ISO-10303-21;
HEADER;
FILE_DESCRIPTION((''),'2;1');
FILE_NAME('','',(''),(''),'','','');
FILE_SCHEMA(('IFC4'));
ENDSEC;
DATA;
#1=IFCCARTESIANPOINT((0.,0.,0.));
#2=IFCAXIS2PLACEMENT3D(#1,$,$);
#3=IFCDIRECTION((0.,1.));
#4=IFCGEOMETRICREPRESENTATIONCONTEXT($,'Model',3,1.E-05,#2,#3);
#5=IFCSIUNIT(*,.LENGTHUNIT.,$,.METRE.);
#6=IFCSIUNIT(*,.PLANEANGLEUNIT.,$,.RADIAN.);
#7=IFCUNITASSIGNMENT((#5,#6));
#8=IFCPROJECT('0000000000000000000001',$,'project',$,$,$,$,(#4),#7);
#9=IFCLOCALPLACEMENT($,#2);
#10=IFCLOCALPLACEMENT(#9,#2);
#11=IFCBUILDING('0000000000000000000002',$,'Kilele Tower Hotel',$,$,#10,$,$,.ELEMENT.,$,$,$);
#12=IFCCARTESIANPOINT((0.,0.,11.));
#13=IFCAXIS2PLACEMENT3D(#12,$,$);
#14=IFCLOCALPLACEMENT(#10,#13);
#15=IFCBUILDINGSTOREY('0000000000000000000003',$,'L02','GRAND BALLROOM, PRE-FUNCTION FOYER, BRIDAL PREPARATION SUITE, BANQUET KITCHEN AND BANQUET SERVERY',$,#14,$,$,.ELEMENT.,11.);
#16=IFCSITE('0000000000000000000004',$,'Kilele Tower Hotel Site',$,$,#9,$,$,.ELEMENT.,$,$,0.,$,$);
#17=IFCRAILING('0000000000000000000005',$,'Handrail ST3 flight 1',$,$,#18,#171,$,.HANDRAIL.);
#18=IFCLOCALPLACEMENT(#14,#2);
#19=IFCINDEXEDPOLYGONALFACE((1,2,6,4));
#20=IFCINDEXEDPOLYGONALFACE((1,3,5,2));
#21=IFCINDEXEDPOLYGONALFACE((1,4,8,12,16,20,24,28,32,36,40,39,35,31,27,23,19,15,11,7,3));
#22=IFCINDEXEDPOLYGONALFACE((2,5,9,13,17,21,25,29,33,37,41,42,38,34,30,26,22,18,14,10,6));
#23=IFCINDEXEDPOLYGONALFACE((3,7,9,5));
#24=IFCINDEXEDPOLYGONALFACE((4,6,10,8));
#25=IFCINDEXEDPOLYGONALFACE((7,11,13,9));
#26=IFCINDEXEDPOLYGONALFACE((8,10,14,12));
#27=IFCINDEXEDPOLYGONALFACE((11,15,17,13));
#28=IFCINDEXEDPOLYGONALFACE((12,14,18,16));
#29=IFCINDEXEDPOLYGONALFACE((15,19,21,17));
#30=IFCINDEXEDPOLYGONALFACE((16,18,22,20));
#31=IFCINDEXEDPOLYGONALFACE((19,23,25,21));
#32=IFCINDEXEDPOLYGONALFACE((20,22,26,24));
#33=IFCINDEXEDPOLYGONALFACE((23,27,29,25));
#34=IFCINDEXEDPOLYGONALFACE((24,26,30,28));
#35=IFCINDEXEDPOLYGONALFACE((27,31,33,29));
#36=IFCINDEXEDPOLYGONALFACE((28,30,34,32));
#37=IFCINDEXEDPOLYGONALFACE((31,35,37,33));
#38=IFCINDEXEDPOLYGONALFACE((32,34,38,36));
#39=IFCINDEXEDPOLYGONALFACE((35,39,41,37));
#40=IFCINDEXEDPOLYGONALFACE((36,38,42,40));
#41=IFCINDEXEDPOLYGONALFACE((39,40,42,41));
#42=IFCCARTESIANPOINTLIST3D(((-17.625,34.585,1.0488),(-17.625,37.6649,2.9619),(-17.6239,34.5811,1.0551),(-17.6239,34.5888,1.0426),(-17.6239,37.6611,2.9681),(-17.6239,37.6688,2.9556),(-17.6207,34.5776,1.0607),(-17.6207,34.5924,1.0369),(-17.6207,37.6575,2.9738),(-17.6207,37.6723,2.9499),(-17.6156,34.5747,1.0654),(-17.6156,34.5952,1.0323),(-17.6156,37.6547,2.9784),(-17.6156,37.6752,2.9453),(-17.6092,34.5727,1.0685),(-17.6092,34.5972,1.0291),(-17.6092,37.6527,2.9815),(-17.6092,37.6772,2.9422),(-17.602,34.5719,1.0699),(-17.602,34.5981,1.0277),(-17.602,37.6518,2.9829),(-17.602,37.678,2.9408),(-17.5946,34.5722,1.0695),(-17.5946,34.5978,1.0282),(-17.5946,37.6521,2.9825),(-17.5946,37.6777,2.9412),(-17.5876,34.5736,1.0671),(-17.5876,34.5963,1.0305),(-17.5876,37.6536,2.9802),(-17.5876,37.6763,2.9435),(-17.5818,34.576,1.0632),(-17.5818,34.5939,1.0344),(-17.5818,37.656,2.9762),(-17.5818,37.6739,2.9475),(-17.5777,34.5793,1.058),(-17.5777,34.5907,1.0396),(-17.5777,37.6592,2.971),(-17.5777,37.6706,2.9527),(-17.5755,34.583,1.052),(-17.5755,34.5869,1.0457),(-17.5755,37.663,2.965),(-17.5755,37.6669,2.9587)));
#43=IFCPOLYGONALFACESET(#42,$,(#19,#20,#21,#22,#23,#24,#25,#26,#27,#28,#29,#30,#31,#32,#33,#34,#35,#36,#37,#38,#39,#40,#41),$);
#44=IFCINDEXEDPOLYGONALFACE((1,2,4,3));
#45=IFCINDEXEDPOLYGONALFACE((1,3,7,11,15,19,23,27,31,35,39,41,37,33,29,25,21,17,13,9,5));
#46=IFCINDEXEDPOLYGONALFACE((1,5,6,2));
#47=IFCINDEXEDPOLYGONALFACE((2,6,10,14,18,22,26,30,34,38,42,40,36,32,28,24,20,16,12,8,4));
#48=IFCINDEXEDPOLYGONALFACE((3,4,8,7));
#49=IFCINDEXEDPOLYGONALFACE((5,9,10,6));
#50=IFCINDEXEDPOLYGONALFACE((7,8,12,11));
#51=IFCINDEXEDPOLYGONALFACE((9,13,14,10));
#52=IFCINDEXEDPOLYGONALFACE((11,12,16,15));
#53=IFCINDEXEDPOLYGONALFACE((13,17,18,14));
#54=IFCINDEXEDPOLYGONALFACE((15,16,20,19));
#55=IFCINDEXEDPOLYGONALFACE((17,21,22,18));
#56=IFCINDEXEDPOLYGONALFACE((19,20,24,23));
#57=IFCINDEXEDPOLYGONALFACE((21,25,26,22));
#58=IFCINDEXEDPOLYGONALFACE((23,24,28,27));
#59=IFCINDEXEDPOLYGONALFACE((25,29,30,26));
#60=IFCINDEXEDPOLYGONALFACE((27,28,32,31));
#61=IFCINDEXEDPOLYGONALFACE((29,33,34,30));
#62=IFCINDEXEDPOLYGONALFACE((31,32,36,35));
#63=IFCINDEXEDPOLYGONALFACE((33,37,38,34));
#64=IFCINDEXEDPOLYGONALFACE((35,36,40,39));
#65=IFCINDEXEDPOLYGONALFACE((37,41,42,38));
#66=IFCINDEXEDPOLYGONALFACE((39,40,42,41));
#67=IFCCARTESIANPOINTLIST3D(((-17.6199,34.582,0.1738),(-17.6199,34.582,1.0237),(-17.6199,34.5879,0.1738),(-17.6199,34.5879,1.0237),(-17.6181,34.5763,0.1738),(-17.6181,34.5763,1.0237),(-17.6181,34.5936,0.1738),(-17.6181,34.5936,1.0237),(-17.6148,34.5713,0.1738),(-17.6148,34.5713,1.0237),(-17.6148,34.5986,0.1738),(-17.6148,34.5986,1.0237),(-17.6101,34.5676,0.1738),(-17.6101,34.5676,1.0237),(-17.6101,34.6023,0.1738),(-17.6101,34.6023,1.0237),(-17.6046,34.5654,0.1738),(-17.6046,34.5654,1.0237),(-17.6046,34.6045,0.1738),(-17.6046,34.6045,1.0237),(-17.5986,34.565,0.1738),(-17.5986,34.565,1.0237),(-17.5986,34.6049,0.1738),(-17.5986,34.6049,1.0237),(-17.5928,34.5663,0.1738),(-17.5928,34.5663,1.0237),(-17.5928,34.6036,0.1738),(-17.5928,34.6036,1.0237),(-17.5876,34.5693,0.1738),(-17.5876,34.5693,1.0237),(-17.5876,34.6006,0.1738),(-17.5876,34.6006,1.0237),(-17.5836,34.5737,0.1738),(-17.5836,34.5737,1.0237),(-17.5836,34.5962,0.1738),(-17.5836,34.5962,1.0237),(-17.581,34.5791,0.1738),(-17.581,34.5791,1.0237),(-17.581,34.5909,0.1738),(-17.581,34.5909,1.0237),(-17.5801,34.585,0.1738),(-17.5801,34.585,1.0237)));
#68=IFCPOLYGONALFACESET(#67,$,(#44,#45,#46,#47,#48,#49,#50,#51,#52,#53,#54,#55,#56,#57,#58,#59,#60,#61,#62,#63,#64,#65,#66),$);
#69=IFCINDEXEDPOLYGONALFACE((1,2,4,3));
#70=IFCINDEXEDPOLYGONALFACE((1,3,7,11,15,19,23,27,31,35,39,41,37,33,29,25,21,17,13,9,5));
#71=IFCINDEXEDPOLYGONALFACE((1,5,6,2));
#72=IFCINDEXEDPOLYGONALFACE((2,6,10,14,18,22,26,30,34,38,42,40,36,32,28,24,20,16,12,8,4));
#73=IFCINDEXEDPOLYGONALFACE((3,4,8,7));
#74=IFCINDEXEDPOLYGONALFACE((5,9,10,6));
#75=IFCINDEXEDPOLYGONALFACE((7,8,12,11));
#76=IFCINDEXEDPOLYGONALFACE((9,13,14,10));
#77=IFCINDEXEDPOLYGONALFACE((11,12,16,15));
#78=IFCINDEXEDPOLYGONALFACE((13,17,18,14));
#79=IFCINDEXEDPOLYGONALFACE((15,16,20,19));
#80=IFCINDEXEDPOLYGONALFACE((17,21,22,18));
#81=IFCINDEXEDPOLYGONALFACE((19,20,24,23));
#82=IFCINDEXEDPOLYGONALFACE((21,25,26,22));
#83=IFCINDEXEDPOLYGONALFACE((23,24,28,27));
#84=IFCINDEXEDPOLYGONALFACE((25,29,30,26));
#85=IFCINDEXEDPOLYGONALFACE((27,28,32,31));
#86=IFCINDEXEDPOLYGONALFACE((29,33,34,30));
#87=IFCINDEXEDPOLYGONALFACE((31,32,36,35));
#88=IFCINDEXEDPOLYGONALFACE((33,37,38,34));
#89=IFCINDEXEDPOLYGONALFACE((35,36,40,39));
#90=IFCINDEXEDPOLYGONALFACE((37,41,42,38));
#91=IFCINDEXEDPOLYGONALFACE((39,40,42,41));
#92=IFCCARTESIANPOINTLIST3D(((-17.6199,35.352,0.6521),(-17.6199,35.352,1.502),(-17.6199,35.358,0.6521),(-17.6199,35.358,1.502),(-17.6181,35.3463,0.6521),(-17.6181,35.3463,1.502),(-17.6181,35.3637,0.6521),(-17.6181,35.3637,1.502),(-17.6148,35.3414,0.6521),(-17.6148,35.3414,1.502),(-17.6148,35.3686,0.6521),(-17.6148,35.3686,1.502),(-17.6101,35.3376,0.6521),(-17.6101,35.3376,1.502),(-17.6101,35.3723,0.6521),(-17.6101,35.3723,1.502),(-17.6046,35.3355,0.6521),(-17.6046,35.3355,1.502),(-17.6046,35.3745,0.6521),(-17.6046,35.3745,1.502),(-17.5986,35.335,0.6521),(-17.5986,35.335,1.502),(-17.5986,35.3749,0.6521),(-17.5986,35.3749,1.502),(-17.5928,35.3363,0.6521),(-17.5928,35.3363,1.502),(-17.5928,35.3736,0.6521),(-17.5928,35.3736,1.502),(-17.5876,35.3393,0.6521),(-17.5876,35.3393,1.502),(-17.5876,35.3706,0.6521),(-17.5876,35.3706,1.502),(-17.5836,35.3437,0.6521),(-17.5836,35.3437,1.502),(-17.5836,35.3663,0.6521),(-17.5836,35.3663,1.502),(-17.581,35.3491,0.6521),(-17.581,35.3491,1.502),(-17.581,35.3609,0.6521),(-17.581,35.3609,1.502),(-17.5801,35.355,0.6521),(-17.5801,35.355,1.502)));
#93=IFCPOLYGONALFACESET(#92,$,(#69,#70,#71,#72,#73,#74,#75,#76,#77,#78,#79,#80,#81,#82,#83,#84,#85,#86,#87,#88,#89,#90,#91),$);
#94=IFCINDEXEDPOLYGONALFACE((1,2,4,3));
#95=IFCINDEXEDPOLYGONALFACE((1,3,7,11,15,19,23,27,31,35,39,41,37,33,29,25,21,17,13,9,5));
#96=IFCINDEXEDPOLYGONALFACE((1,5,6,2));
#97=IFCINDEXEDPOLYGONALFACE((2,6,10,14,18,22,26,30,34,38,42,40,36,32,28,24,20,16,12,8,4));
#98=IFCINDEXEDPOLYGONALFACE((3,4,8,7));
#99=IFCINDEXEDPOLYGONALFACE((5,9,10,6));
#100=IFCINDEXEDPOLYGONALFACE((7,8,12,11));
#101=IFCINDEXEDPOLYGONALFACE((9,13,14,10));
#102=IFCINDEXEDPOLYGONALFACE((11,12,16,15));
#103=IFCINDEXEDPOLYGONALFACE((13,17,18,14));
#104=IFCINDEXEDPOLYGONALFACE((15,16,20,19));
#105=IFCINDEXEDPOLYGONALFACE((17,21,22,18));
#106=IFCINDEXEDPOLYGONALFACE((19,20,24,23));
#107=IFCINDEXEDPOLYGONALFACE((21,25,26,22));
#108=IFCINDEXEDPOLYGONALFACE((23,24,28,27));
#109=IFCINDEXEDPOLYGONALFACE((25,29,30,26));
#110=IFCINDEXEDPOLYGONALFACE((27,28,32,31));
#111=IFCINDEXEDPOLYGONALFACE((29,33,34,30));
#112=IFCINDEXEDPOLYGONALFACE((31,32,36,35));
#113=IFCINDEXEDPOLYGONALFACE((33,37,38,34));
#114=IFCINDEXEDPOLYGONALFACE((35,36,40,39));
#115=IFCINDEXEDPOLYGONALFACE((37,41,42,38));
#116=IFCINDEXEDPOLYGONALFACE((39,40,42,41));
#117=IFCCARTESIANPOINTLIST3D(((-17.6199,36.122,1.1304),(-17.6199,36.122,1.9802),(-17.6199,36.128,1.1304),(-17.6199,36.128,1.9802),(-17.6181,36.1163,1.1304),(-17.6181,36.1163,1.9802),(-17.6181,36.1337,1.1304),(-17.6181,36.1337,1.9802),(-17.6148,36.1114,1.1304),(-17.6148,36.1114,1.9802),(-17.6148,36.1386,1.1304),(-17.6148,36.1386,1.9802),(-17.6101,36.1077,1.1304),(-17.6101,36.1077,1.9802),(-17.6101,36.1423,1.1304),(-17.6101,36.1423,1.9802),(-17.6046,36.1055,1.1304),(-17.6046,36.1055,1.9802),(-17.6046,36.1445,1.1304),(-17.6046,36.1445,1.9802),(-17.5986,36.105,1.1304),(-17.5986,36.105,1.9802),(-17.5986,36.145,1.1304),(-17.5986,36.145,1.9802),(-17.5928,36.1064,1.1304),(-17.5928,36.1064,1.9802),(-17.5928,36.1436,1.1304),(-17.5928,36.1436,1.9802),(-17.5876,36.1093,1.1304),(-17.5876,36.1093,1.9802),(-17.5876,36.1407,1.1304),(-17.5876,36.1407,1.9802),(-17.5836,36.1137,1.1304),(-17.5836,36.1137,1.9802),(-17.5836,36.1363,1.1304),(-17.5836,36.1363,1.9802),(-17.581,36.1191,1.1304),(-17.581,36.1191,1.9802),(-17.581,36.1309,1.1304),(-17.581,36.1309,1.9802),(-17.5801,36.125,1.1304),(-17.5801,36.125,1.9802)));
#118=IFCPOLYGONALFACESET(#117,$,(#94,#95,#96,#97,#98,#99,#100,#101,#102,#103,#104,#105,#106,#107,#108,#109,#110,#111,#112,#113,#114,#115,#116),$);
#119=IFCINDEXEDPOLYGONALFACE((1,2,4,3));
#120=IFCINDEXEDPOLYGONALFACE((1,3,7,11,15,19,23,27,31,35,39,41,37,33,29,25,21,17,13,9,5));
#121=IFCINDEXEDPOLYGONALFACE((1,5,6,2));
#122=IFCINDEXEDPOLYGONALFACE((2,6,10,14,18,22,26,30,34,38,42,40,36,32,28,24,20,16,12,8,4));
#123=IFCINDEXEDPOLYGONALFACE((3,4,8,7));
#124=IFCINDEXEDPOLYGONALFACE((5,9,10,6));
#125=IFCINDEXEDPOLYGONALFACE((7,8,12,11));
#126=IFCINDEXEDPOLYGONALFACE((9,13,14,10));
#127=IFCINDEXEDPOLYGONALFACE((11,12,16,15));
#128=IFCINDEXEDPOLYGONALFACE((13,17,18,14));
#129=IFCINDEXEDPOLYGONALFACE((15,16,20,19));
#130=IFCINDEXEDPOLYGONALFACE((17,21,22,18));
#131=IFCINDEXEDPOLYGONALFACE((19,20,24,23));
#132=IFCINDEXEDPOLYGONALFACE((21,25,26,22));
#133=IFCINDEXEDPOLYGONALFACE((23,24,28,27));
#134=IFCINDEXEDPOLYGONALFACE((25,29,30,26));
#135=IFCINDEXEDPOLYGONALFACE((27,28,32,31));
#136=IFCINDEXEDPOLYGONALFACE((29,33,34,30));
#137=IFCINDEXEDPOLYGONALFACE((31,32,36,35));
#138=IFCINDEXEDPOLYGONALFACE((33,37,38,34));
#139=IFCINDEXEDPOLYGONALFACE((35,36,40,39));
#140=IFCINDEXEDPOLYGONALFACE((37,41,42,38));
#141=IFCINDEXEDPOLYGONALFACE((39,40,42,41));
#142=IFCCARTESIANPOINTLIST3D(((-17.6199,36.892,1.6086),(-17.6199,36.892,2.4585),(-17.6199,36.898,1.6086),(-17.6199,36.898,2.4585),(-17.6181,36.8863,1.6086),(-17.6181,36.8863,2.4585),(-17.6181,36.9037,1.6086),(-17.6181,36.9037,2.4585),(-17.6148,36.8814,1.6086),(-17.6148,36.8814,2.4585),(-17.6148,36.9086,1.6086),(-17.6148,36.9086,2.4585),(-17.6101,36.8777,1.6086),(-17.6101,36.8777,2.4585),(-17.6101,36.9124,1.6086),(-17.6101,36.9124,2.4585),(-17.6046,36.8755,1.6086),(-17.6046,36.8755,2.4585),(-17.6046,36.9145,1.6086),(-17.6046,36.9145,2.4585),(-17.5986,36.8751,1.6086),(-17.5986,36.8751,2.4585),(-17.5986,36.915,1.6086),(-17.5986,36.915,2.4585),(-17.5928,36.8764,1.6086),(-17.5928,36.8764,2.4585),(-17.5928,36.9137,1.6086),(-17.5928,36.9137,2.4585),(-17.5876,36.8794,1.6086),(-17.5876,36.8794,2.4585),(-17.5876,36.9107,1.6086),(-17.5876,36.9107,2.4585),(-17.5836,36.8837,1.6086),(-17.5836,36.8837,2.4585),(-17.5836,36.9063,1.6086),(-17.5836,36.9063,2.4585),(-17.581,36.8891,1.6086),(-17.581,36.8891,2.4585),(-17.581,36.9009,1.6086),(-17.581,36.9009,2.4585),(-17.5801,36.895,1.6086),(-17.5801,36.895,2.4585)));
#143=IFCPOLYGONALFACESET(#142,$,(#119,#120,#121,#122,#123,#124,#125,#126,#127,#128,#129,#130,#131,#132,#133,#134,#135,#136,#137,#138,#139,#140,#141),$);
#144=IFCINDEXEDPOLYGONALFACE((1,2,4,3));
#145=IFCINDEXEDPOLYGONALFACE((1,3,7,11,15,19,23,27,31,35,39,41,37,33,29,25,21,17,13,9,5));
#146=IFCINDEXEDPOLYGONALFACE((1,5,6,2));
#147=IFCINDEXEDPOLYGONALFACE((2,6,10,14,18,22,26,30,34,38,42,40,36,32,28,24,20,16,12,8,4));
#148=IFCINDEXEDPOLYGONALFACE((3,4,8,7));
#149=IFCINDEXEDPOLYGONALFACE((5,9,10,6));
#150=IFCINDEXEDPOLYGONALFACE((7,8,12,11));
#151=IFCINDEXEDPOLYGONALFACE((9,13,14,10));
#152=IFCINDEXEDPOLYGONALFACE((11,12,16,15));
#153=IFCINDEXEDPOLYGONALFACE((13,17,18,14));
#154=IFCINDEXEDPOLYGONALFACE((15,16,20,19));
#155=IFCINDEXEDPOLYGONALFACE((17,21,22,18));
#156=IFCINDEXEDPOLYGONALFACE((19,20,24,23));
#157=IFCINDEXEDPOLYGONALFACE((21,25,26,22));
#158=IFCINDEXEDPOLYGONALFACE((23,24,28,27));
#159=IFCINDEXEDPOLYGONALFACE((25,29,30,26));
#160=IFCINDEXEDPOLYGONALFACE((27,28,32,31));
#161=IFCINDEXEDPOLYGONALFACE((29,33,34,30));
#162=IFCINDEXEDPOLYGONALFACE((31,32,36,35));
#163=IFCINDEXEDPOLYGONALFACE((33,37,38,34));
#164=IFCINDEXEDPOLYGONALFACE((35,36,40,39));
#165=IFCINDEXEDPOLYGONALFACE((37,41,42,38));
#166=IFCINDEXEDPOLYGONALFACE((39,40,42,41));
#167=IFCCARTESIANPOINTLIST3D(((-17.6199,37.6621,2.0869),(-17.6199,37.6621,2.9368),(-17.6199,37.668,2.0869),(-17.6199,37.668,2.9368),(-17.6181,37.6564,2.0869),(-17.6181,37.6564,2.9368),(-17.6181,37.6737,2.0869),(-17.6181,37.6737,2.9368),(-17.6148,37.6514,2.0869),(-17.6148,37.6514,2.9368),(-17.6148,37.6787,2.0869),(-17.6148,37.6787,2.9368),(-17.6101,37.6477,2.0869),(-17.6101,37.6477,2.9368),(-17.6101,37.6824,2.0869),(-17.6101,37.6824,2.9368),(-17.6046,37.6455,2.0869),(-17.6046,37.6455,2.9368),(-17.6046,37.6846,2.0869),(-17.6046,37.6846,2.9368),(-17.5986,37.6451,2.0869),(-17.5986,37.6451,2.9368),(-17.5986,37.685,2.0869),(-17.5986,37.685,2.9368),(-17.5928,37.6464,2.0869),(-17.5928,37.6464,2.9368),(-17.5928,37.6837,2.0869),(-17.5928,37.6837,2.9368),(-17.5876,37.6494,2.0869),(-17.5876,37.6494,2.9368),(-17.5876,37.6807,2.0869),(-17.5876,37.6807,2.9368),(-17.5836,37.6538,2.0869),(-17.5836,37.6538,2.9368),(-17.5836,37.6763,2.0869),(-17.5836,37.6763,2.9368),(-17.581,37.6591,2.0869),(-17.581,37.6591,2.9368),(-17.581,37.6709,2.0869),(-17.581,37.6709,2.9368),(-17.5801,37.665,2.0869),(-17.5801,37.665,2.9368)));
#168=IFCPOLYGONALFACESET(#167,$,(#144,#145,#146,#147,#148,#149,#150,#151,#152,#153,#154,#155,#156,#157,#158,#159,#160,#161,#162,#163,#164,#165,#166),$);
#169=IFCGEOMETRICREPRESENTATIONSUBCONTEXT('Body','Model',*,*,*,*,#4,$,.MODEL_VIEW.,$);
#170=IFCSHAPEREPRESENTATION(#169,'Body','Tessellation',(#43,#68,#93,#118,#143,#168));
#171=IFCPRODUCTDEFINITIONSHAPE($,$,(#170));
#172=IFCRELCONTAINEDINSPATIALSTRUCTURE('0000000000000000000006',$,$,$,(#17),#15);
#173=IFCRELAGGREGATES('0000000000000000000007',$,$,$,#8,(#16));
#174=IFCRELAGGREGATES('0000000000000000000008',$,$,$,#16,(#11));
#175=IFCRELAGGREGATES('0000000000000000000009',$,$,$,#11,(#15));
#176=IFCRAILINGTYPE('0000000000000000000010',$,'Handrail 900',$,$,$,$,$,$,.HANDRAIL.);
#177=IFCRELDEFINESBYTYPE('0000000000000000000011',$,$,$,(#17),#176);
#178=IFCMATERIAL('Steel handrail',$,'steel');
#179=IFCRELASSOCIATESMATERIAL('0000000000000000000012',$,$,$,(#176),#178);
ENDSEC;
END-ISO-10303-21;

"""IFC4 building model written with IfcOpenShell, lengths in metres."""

from ifc_helpers import new_model, si_unit, direction, frame, origin, origin_2d, place, context, subcontext, project, spatial, circle, extrude, material, type_object, element, save


model = new_model("IFC4")

# Units and contexts
model_context = context("Model", 3, precision=1e-05, world=origin(), true_north=direction((0.0, 1.0)))
body_context = subcontext(model_context, "Body", "Model", "MODEL_VIEW")
ifc_project = project(units=[si_unit("LENGTHUNIT", "METRE"), si_unit("PLANEANGLEUNIT", "RADIAN")], contexts=[model_context])

# Site, building, storey
site_placement = place(None, origin())
site = spatial("IfcSite", under=ifc_project, at=site_placement, Name="Kilele Tower Hotel Site", CompositionType="ELEMENT", RefElevation=0.0)
building_placement = place(site_placement, origin())
building = spatial("IfcBuilding", under=site, at=building_placement, Name="Kilele Tower Hotel", CompositionType="ELEMENT")
storey_placement = place(building_placement, frame((0.0, 0.0, 11.0)))
storey = spatial("IfcBuildingStorey", under=building, at=storey_placement, Name="L02", Description="GRAND BALLROOM, PRE-FUNCTION FOYER, BRIDAL PREPARATION SUITE, BANQUET KITCHEN AND BANQUET SERVERY", CompositionType="ELEMENT", Elevation=11.0)

# Railing
ifc_material_1 = material(Name="Steel handrail", Category="steel")
railing_type_1 = type_object("IfcRailingType", Name="Handrail 900", PredefinedType="HANDRAIL", material=ifc_material_1)
for number, where, name in (
    (1, (-17.6001, 34.585, 0.1738), "Handrail ST3 flight 1"),
):
    element("IfcRailing", number, at=place(storey_placement, frame(where)), inside=storey, type_object=railing_type_1, Name=name, PredefinedType="HANDRAIL", context=body_context, shape_type="SweptSolid", body=[
        extrude(circle(Radius=0.0249, at=origin_2d()), frame((0.0, 0.0, 0.875), z_axis=(0.0, 0.849478, 0.527624), x_axis=(-1.0, 0.0, 0.0)), (0.0, 0.0, 1.0), 3.6257),
        extrude(circle(Radius=0.02, at=origin_2d()), origin(), (0.0, 0.0, 1.0), 0.8499),
        extrude(circle(Radius=0.02, at=origin_2d()), frame((0.0, 0.77, 0.4783)), (0.0, 0.0, 1.0), 0.8499),
        extrude(circle(Radius=0.02, at=origin_2d()), frame((0.0, 1.54, 0.9565)), (0.0, 0.0, 1.0), 0.8499),
        extrude(circle(Radius=0.02, at=origin_2d()), frame((0.0, 2.3101, 1.4348)), (0.0, 0.0, 1.0), 0.8499),
        extrude(circle(Radius=0.02, at=origin_2d()), frame((0.0, 3.0801, 1.9131)), (0.0, 0.0, 1.0), 0.8499),
    ])

save(model, "model.ifc")
